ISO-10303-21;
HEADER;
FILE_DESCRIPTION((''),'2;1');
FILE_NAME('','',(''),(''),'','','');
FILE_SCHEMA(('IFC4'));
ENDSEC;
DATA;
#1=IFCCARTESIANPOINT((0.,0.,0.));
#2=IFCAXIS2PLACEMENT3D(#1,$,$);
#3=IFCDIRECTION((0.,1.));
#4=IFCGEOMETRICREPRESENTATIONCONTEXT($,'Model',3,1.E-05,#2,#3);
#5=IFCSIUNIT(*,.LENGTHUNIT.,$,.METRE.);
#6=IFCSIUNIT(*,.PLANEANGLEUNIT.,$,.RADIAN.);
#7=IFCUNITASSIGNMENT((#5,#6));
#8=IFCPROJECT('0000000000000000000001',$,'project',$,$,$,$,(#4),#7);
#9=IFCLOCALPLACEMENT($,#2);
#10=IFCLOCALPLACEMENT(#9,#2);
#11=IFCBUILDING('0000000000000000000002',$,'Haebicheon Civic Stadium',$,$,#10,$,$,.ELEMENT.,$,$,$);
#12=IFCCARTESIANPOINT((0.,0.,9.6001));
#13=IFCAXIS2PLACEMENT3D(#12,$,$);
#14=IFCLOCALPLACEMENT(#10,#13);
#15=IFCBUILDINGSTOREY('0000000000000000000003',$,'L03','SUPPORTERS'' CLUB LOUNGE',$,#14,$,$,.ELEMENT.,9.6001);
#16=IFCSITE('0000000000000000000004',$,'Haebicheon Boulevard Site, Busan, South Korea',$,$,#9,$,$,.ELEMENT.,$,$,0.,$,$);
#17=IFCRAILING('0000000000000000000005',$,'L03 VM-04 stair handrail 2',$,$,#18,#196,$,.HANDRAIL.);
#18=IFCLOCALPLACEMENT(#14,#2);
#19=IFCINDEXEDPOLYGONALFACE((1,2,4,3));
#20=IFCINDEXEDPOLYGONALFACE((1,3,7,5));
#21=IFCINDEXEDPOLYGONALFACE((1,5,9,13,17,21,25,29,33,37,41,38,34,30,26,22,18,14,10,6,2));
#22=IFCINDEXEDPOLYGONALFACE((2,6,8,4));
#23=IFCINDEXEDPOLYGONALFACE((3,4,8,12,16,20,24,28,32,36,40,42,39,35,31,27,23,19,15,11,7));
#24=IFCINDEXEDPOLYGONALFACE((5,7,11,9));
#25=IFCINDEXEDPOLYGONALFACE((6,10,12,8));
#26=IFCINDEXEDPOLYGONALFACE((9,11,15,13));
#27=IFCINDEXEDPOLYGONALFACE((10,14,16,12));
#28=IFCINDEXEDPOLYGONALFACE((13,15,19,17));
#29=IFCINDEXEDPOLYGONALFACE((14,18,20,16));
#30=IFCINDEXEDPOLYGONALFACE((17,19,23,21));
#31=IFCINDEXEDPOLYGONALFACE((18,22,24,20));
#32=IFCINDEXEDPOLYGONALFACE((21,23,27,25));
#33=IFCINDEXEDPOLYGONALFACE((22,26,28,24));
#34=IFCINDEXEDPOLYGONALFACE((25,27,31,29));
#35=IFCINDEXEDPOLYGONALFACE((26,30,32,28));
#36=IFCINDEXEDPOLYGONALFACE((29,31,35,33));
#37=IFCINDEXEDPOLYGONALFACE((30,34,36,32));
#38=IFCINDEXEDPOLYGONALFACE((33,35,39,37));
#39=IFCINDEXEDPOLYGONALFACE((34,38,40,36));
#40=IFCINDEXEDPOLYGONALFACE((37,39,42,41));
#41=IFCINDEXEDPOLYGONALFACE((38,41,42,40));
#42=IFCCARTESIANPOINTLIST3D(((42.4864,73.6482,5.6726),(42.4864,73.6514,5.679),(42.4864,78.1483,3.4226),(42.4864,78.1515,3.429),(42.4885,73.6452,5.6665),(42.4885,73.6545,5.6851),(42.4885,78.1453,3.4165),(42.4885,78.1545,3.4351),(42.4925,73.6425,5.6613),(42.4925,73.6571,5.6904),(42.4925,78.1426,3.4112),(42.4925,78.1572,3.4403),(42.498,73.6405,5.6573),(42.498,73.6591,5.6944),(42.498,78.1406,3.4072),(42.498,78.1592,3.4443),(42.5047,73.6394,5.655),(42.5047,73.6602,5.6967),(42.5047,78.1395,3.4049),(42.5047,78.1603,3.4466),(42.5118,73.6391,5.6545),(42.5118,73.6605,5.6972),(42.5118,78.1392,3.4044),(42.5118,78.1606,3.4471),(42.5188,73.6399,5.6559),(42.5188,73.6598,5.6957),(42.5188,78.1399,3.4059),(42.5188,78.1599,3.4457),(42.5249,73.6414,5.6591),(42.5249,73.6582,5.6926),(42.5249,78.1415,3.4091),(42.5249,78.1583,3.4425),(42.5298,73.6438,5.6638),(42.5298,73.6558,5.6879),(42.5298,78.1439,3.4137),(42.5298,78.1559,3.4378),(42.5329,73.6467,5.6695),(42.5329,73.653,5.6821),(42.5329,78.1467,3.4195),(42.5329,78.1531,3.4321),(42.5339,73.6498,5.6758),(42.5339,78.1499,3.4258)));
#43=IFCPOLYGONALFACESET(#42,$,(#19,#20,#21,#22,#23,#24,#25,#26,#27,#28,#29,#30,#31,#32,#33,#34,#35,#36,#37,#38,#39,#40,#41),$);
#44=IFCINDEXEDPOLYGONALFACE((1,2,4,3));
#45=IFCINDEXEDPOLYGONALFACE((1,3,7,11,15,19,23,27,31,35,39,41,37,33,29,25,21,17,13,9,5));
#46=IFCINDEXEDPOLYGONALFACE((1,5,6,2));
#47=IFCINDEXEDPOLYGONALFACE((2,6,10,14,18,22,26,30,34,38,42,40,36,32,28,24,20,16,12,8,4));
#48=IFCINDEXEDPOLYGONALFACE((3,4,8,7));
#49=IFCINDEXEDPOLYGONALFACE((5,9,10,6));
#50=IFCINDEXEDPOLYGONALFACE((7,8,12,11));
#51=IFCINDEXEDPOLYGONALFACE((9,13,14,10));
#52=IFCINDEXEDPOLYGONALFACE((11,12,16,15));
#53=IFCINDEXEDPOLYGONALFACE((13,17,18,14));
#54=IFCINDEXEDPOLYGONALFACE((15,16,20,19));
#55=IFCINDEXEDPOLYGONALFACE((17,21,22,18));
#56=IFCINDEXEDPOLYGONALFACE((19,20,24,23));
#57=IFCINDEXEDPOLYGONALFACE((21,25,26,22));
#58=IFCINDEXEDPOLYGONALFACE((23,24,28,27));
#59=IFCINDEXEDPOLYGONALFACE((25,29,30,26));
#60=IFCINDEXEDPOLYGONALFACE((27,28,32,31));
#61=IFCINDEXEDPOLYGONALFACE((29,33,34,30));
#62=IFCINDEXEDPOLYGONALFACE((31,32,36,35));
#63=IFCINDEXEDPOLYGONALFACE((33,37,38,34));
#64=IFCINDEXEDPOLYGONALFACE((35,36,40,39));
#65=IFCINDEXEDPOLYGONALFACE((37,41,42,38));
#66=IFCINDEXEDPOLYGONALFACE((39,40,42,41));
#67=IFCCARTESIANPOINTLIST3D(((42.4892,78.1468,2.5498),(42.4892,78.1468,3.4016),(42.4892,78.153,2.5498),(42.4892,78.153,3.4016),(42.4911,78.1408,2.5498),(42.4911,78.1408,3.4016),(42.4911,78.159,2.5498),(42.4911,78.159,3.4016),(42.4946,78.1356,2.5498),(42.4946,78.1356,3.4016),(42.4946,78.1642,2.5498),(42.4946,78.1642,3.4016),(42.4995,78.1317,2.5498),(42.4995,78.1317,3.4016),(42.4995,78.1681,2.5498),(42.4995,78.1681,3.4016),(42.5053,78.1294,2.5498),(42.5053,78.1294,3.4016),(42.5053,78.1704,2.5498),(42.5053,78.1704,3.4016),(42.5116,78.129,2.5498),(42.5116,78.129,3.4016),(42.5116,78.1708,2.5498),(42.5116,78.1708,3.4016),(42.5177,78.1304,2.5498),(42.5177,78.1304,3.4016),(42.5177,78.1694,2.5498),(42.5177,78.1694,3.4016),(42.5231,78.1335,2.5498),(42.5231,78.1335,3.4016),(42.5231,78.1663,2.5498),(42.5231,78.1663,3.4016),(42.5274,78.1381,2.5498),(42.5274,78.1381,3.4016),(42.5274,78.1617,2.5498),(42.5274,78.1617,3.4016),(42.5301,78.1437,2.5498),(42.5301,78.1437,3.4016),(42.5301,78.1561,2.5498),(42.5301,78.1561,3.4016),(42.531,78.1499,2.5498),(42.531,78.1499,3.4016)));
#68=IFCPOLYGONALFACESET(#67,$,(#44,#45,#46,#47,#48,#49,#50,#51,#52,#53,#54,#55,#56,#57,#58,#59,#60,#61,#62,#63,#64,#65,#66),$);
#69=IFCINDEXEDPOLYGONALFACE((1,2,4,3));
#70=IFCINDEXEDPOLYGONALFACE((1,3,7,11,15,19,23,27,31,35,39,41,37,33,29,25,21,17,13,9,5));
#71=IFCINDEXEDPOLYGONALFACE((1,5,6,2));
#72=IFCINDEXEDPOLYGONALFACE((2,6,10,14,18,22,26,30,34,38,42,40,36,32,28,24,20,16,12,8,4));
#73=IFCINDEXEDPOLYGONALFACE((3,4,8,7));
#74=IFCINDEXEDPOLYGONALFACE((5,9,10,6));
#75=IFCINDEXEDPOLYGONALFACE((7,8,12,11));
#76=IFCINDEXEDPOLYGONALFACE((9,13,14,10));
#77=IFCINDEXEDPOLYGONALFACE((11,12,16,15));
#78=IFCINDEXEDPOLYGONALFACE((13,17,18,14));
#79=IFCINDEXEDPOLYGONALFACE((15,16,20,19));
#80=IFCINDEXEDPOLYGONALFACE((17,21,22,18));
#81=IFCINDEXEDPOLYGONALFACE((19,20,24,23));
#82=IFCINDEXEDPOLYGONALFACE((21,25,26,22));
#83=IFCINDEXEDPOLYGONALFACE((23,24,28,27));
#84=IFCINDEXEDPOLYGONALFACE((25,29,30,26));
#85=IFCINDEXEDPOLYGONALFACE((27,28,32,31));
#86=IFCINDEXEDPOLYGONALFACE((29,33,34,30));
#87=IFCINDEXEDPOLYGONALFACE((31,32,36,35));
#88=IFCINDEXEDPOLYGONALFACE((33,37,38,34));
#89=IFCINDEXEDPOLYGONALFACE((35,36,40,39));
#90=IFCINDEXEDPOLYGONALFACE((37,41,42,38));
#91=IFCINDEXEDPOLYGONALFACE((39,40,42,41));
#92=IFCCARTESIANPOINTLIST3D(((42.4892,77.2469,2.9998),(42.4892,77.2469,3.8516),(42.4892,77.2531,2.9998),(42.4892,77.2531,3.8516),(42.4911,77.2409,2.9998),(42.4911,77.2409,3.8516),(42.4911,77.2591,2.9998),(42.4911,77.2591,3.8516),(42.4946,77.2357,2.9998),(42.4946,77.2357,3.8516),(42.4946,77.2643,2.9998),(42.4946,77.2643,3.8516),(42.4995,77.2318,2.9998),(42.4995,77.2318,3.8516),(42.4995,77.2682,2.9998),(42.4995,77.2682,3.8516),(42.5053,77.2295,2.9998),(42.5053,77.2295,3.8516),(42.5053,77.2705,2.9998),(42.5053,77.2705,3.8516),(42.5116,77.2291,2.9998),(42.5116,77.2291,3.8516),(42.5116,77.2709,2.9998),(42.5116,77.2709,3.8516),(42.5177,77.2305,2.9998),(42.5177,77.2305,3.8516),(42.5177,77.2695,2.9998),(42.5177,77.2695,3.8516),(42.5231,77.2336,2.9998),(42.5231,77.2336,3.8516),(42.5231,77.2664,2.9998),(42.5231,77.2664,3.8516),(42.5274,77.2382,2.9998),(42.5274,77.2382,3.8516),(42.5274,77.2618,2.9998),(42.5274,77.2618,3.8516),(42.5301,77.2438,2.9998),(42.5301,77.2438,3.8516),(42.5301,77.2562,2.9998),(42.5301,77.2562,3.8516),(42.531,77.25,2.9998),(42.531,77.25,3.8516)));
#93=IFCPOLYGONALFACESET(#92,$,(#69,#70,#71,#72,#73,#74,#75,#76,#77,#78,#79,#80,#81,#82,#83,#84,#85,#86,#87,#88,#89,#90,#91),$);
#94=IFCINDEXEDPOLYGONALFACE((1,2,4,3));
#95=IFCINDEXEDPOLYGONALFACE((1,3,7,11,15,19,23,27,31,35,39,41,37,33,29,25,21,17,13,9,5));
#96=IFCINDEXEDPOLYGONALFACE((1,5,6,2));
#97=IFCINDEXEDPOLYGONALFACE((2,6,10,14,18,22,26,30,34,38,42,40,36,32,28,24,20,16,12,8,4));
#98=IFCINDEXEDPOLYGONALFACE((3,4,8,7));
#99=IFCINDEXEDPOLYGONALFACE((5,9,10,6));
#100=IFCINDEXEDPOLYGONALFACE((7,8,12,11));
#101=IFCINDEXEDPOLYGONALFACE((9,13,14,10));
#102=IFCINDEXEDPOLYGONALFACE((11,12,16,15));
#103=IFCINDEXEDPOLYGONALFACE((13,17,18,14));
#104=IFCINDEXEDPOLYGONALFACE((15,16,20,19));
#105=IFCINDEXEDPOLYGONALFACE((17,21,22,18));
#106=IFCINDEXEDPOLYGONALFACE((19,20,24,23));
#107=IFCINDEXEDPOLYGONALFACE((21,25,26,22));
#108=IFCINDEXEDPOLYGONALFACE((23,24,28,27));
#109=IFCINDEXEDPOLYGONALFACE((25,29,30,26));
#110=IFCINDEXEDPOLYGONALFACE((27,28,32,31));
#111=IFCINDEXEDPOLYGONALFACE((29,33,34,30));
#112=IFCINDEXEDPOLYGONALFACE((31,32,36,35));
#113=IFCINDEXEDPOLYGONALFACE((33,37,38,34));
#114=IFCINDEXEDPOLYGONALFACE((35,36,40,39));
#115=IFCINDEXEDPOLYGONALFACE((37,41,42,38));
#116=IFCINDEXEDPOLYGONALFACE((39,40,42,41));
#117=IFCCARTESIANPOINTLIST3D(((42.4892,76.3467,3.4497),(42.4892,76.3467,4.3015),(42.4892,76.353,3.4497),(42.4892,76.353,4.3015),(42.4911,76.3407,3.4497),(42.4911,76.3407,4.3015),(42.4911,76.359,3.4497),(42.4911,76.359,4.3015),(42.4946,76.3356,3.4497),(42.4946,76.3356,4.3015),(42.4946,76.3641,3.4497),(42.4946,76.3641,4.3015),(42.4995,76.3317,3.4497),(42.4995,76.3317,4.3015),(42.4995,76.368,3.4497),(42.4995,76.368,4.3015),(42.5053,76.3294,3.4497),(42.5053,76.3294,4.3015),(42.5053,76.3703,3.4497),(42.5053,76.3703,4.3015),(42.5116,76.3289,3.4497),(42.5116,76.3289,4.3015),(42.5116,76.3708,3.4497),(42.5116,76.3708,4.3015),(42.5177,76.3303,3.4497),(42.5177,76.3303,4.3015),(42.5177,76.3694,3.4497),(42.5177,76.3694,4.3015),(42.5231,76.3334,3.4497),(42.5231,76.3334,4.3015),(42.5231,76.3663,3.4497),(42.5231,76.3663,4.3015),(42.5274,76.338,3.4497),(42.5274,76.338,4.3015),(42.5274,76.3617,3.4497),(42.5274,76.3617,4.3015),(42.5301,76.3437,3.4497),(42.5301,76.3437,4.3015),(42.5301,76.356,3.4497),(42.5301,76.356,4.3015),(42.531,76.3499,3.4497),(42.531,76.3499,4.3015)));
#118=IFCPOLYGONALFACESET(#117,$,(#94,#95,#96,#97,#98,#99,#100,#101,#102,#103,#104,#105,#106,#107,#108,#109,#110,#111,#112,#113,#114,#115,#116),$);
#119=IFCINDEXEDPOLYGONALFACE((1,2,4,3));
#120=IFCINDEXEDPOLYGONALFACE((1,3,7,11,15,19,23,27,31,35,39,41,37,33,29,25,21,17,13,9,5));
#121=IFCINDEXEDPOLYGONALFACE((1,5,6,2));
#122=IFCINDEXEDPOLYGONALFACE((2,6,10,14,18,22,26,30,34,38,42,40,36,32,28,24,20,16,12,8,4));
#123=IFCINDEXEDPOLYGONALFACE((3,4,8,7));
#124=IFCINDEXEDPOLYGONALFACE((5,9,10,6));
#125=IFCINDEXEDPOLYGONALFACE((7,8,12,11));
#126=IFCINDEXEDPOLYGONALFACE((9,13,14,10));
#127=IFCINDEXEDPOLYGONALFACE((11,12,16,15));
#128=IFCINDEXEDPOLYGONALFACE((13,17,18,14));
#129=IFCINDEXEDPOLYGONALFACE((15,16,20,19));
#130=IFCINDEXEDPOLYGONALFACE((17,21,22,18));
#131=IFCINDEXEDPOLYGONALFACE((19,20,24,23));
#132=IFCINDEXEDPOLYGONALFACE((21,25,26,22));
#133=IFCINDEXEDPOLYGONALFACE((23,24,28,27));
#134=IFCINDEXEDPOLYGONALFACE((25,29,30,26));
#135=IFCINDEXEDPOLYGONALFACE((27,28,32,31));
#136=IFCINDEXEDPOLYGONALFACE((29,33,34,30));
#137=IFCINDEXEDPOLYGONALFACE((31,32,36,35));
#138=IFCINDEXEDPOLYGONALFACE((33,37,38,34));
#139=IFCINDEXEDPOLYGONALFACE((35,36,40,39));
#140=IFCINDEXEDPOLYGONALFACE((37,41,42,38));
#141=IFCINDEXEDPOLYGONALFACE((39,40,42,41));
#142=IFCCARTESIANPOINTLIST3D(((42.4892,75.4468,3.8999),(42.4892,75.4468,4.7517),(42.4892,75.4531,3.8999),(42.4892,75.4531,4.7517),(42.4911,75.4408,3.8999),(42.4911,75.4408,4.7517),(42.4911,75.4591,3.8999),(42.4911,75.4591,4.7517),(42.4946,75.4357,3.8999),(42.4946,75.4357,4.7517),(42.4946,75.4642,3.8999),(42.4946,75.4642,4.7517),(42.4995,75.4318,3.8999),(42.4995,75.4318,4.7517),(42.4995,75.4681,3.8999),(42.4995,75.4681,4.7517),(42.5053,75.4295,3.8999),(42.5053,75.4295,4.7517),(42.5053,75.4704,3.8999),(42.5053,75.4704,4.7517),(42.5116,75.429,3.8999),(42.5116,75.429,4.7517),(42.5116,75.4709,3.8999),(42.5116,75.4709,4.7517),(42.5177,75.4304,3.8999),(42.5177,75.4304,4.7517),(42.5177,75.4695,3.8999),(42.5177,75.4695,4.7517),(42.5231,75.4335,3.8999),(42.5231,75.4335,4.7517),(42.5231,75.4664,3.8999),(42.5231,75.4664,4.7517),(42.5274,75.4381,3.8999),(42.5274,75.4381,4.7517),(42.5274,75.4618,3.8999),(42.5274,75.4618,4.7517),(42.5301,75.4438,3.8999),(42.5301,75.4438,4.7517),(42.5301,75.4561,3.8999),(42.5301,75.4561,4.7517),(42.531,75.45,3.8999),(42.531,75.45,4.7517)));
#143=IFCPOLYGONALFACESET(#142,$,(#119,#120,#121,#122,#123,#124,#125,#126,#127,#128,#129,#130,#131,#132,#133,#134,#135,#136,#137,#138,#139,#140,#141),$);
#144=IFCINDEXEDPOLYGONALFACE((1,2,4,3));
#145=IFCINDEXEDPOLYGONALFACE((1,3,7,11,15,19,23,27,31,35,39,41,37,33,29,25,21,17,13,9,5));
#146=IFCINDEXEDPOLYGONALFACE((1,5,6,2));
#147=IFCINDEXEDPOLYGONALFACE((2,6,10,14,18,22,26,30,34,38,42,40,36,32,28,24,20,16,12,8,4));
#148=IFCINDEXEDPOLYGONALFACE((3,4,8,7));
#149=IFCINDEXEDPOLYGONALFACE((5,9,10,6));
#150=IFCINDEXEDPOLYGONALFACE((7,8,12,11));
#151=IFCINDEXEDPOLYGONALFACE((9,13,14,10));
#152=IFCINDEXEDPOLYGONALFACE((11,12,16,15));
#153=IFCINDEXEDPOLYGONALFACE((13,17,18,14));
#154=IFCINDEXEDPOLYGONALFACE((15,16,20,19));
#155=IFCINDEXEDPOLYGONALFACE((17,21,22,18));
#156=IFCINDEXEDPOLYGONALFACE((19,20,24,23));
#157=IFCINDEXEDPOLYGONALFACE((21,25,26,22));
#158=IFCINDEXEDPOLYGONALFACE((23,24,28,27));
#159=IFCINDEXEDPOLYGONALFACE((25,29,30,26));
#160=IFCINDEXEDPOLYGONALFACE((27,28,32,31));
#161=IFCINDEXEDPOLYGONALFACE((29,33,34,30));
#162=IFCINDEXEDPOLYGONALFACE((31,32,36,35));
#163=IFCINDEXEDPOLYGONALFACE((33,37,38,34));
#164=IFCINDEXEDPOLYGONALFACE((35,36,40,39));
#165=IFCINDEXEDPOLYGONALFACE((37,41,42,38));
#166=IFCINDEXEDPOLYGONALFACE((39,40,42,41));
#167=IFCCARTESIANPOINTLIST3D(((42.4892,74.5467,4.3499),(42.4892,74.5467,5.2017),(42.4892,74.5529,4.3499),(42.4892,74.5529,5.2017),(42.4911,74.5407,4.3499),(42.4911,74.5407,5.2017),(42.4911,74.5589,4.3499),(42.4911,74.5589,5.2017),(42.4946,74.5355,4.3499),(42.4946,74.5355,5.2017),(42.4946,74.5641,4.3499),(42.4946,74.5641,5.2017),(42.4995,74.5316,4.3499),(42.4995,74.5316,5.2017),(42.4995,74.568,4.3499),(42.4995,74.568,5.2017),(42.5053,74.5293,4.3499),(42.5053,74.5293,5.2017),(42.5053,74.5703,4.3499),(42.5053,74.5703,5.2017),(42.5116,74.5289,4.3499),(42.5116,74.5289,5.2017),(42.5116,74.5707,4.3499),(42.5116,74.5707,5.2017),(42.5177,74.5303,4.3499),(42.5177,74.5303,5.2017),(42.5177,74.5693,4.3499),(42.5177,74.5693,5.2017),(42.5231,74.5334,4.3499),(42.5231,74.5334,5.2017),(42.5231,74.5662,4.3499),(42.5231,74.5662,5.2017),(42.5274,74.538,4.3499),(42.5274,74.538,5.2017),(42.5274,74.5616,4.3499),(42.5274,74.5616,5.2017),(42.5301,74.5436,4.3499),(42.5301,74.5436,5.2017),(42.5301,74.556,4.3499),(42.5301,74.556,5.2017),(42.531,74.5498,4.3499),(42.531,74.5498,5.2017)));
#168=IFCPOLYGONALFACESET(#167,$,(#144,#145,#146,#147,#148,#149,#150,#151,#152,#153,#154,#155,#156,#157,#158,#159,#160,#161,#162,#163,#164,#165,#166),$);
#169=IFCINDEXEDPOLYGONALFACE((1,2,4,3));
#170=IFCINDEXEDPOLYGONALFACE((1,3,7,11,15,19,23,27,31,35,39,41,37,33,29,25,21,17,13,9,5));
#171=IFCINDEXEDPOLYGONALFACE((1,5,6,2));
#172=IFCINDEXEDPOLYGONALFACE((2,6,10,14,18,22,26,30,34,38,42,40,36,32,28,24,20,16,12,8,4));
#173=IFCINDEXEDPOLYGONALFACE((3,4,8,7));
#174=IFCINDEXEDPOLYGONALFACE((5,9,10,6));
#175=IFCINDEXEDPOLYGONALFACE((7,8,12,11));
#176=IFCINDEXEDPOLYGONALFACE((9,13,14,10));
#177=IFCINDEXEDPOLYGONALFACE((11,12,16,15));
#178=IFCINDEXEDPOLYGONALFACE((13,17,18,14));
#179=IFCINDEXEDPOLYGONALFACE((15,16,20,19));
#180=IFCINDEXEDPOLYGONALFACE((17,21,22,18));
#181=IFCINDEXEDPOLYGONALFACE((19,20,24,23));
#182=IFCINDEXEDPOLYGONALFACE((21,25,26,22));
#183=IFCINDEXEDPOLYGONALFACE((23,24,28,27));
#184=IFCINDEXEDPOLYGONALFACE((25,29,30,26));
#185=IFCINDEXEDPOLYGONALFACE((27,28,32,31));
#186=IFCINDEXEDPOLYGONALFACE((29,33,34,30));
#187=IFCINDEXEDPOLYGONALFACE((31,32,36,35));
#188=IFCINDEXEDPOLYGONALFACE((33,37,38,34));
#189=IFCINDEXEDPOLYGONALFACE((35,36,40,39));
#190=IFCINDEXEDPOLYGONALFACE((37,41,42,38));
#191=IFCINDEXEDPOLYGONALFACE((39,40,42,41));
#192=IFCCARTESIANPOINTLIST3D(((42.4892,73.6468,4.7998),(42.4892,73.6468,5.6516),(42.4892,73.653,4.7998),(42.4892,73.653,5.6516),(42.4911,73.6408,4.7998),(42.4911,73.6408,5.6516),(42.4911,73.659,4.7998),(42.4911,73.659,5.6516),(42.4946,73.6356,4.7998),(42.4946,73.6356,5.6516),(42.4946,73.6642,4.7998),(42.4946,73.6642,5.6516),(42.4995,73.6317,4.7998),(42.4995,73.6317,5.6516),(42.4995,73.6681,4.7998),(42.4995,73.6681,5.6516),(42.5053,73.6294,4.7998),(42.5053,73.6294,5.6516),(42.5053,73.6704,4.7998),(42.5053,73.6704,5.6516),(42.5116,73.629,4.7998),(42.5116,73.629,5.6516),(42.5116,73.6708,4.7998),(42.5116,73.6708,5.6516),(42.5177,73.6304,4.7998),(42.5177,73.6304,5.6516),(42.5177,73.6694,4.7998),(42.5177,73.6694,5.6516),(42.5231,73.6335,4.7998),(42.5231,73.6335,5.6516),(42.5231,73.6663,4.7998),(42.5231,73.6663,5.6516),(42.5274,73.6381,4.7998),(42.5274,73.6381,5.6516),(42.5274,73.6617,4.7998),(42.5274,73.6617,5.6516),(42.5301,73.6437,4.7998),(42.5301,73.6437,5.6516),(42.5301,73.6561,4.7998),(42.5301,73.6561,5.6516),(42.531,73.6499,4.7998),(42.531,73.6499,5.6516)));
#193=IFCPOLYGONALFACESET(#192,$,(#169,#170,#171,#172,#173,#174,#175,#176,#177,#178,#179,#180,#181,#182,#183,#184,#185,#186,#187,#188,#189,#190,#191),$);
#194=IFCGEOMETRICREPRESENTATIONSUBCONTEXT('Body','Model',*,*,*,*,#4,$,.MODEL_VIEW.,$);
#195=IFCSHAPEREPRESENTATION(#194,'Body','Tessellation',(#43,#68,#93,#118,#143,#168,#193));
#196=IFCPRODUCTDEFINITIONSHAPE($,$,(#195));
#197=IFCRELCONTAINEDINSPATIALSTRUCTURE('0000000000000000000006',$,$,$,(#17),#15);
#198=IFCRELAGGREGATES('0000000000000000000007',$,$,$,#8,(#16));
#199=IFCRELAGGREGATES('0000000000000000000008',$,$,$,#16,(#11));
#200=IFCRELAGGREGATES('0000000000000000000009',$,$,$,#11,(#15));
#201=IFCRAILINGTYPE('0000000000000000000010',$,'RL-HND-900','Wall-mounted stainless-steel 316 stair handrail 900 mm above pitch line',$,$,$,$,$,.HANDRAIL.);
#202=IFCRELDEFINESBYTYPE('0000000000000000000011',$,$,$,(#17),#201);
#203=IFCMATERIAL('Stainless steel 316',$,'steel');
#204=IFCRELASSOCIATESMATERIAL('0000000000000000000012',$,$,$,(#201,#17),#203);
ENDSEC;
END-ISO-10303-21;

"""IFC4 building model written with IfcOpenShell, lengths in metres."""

from ifc_helpers import new_model, si_unit, direction, frame, origin, origin_2d, place, context, subcontext, project, spatial, circle, extrude, material, type_object, element, save


model = new_model("IFC4")

# Units and contexts
model_context = context("Model", 3, precision=1e-05, world=origin(), true_north=direction((0.0, 1.0)))
body_context = subcontext(model_context, "Body", "Model", "MODEL_VIEW")
ifc_project = project(units=[si_unit("LENGTHUNIT", "METRE"), si_unit("PLANEANGLEUNIT", "RADIAN")], contexts=[model_context])

# Site, building, storey
site_placement = place(None, origin())
site = spatial("IfcSite", under=ifc_project, at=site_placement, Name="Haebicheon Boulevard Site, Busan, South Korea", CompositionType="ELEMENT", RefElevation=0.0)
building_placement = place(site_placement, origin())
building = spatial("IfcBuilding", under=site, at=building_placement, Name="Haebicheon Civic Stadium", CompositionType="ELEMENT")
storey_placement = place(building_placement, frame((0.0, 0.0, 9.6001)))
storey = spatial("IfcBuildingStorey", under=building, at=storey_placement, Name="L03", Description="SUPPORTERS' CLUB LOUNGE", CompositionType="ELEMENT", Elevation=9.6001)

# Railing
ifc_material_1 = material(Name="Stainless steel 316", Category="steel")
railing_type_1 = type_object("IfcRailingType", Name="RL-HND-900", Description="Wall-mounted stainless-steel 316 stair handrail 900 mm above pitch line", PredefinedType="HANDRAIL", material=ifc_material_1)
railing_1_placement = place(storey_placement, frame((42.51, 78.1499, 2.5498)))
element("IfcRailing", 1, at=railing_1_placement, inside=storey, type_object=railing_type_1, material=ifc_material_1, Name="L03 VM-04 stair handrail 2", PredefinedType="HANDRAIL", context=body_context, shape_type="SweptSolid", body=[
    extrude(circle(Radius=0.0239, at=origin_2d()), frame((0.0, 0.0, 0.876), z_axis=(0.0, -0.894427, 0.447214), x_axis=(1.0, 0.0, 0.0)), (0.0, 0.0, 1.0), 5.0312),
    extrude(circle(Radius=0.021, at=origin_2d()), origin(), (0.0, 0.0, 1.0), 0.8518),
    extrude(circle(Radius=0.021, at=origin_2d()), frame((0.0, -0.8999, 0.45)), (0.0, 0.0, 1.0), 0.8518),
    extrude(circle(Radius=0.021, at=origin_2d()), frame((0.0, -1.8, 0.8999)), (0.0, 0.0, 1.0), 0.8518),
    extrude(circle(Radius=0.021, at=origin_2d()), frame((0.0, -2.7, 1.3501)), (0.0, 0.0, 1.0), 0.8518),
    extrude(circle(Radius=0.021, at=origin_2d()), frame((0.0, -3.6001, 1.8)), (0.0, 0.0, 1.0), 0.8518),
    extrude(circle(Radius=0.021, at=origin_2d()), frame((0.0, -4.5, 2.25)), (0.0, 0.0, 1.0), 0.8518),
])

save(model, "model.ifc")
